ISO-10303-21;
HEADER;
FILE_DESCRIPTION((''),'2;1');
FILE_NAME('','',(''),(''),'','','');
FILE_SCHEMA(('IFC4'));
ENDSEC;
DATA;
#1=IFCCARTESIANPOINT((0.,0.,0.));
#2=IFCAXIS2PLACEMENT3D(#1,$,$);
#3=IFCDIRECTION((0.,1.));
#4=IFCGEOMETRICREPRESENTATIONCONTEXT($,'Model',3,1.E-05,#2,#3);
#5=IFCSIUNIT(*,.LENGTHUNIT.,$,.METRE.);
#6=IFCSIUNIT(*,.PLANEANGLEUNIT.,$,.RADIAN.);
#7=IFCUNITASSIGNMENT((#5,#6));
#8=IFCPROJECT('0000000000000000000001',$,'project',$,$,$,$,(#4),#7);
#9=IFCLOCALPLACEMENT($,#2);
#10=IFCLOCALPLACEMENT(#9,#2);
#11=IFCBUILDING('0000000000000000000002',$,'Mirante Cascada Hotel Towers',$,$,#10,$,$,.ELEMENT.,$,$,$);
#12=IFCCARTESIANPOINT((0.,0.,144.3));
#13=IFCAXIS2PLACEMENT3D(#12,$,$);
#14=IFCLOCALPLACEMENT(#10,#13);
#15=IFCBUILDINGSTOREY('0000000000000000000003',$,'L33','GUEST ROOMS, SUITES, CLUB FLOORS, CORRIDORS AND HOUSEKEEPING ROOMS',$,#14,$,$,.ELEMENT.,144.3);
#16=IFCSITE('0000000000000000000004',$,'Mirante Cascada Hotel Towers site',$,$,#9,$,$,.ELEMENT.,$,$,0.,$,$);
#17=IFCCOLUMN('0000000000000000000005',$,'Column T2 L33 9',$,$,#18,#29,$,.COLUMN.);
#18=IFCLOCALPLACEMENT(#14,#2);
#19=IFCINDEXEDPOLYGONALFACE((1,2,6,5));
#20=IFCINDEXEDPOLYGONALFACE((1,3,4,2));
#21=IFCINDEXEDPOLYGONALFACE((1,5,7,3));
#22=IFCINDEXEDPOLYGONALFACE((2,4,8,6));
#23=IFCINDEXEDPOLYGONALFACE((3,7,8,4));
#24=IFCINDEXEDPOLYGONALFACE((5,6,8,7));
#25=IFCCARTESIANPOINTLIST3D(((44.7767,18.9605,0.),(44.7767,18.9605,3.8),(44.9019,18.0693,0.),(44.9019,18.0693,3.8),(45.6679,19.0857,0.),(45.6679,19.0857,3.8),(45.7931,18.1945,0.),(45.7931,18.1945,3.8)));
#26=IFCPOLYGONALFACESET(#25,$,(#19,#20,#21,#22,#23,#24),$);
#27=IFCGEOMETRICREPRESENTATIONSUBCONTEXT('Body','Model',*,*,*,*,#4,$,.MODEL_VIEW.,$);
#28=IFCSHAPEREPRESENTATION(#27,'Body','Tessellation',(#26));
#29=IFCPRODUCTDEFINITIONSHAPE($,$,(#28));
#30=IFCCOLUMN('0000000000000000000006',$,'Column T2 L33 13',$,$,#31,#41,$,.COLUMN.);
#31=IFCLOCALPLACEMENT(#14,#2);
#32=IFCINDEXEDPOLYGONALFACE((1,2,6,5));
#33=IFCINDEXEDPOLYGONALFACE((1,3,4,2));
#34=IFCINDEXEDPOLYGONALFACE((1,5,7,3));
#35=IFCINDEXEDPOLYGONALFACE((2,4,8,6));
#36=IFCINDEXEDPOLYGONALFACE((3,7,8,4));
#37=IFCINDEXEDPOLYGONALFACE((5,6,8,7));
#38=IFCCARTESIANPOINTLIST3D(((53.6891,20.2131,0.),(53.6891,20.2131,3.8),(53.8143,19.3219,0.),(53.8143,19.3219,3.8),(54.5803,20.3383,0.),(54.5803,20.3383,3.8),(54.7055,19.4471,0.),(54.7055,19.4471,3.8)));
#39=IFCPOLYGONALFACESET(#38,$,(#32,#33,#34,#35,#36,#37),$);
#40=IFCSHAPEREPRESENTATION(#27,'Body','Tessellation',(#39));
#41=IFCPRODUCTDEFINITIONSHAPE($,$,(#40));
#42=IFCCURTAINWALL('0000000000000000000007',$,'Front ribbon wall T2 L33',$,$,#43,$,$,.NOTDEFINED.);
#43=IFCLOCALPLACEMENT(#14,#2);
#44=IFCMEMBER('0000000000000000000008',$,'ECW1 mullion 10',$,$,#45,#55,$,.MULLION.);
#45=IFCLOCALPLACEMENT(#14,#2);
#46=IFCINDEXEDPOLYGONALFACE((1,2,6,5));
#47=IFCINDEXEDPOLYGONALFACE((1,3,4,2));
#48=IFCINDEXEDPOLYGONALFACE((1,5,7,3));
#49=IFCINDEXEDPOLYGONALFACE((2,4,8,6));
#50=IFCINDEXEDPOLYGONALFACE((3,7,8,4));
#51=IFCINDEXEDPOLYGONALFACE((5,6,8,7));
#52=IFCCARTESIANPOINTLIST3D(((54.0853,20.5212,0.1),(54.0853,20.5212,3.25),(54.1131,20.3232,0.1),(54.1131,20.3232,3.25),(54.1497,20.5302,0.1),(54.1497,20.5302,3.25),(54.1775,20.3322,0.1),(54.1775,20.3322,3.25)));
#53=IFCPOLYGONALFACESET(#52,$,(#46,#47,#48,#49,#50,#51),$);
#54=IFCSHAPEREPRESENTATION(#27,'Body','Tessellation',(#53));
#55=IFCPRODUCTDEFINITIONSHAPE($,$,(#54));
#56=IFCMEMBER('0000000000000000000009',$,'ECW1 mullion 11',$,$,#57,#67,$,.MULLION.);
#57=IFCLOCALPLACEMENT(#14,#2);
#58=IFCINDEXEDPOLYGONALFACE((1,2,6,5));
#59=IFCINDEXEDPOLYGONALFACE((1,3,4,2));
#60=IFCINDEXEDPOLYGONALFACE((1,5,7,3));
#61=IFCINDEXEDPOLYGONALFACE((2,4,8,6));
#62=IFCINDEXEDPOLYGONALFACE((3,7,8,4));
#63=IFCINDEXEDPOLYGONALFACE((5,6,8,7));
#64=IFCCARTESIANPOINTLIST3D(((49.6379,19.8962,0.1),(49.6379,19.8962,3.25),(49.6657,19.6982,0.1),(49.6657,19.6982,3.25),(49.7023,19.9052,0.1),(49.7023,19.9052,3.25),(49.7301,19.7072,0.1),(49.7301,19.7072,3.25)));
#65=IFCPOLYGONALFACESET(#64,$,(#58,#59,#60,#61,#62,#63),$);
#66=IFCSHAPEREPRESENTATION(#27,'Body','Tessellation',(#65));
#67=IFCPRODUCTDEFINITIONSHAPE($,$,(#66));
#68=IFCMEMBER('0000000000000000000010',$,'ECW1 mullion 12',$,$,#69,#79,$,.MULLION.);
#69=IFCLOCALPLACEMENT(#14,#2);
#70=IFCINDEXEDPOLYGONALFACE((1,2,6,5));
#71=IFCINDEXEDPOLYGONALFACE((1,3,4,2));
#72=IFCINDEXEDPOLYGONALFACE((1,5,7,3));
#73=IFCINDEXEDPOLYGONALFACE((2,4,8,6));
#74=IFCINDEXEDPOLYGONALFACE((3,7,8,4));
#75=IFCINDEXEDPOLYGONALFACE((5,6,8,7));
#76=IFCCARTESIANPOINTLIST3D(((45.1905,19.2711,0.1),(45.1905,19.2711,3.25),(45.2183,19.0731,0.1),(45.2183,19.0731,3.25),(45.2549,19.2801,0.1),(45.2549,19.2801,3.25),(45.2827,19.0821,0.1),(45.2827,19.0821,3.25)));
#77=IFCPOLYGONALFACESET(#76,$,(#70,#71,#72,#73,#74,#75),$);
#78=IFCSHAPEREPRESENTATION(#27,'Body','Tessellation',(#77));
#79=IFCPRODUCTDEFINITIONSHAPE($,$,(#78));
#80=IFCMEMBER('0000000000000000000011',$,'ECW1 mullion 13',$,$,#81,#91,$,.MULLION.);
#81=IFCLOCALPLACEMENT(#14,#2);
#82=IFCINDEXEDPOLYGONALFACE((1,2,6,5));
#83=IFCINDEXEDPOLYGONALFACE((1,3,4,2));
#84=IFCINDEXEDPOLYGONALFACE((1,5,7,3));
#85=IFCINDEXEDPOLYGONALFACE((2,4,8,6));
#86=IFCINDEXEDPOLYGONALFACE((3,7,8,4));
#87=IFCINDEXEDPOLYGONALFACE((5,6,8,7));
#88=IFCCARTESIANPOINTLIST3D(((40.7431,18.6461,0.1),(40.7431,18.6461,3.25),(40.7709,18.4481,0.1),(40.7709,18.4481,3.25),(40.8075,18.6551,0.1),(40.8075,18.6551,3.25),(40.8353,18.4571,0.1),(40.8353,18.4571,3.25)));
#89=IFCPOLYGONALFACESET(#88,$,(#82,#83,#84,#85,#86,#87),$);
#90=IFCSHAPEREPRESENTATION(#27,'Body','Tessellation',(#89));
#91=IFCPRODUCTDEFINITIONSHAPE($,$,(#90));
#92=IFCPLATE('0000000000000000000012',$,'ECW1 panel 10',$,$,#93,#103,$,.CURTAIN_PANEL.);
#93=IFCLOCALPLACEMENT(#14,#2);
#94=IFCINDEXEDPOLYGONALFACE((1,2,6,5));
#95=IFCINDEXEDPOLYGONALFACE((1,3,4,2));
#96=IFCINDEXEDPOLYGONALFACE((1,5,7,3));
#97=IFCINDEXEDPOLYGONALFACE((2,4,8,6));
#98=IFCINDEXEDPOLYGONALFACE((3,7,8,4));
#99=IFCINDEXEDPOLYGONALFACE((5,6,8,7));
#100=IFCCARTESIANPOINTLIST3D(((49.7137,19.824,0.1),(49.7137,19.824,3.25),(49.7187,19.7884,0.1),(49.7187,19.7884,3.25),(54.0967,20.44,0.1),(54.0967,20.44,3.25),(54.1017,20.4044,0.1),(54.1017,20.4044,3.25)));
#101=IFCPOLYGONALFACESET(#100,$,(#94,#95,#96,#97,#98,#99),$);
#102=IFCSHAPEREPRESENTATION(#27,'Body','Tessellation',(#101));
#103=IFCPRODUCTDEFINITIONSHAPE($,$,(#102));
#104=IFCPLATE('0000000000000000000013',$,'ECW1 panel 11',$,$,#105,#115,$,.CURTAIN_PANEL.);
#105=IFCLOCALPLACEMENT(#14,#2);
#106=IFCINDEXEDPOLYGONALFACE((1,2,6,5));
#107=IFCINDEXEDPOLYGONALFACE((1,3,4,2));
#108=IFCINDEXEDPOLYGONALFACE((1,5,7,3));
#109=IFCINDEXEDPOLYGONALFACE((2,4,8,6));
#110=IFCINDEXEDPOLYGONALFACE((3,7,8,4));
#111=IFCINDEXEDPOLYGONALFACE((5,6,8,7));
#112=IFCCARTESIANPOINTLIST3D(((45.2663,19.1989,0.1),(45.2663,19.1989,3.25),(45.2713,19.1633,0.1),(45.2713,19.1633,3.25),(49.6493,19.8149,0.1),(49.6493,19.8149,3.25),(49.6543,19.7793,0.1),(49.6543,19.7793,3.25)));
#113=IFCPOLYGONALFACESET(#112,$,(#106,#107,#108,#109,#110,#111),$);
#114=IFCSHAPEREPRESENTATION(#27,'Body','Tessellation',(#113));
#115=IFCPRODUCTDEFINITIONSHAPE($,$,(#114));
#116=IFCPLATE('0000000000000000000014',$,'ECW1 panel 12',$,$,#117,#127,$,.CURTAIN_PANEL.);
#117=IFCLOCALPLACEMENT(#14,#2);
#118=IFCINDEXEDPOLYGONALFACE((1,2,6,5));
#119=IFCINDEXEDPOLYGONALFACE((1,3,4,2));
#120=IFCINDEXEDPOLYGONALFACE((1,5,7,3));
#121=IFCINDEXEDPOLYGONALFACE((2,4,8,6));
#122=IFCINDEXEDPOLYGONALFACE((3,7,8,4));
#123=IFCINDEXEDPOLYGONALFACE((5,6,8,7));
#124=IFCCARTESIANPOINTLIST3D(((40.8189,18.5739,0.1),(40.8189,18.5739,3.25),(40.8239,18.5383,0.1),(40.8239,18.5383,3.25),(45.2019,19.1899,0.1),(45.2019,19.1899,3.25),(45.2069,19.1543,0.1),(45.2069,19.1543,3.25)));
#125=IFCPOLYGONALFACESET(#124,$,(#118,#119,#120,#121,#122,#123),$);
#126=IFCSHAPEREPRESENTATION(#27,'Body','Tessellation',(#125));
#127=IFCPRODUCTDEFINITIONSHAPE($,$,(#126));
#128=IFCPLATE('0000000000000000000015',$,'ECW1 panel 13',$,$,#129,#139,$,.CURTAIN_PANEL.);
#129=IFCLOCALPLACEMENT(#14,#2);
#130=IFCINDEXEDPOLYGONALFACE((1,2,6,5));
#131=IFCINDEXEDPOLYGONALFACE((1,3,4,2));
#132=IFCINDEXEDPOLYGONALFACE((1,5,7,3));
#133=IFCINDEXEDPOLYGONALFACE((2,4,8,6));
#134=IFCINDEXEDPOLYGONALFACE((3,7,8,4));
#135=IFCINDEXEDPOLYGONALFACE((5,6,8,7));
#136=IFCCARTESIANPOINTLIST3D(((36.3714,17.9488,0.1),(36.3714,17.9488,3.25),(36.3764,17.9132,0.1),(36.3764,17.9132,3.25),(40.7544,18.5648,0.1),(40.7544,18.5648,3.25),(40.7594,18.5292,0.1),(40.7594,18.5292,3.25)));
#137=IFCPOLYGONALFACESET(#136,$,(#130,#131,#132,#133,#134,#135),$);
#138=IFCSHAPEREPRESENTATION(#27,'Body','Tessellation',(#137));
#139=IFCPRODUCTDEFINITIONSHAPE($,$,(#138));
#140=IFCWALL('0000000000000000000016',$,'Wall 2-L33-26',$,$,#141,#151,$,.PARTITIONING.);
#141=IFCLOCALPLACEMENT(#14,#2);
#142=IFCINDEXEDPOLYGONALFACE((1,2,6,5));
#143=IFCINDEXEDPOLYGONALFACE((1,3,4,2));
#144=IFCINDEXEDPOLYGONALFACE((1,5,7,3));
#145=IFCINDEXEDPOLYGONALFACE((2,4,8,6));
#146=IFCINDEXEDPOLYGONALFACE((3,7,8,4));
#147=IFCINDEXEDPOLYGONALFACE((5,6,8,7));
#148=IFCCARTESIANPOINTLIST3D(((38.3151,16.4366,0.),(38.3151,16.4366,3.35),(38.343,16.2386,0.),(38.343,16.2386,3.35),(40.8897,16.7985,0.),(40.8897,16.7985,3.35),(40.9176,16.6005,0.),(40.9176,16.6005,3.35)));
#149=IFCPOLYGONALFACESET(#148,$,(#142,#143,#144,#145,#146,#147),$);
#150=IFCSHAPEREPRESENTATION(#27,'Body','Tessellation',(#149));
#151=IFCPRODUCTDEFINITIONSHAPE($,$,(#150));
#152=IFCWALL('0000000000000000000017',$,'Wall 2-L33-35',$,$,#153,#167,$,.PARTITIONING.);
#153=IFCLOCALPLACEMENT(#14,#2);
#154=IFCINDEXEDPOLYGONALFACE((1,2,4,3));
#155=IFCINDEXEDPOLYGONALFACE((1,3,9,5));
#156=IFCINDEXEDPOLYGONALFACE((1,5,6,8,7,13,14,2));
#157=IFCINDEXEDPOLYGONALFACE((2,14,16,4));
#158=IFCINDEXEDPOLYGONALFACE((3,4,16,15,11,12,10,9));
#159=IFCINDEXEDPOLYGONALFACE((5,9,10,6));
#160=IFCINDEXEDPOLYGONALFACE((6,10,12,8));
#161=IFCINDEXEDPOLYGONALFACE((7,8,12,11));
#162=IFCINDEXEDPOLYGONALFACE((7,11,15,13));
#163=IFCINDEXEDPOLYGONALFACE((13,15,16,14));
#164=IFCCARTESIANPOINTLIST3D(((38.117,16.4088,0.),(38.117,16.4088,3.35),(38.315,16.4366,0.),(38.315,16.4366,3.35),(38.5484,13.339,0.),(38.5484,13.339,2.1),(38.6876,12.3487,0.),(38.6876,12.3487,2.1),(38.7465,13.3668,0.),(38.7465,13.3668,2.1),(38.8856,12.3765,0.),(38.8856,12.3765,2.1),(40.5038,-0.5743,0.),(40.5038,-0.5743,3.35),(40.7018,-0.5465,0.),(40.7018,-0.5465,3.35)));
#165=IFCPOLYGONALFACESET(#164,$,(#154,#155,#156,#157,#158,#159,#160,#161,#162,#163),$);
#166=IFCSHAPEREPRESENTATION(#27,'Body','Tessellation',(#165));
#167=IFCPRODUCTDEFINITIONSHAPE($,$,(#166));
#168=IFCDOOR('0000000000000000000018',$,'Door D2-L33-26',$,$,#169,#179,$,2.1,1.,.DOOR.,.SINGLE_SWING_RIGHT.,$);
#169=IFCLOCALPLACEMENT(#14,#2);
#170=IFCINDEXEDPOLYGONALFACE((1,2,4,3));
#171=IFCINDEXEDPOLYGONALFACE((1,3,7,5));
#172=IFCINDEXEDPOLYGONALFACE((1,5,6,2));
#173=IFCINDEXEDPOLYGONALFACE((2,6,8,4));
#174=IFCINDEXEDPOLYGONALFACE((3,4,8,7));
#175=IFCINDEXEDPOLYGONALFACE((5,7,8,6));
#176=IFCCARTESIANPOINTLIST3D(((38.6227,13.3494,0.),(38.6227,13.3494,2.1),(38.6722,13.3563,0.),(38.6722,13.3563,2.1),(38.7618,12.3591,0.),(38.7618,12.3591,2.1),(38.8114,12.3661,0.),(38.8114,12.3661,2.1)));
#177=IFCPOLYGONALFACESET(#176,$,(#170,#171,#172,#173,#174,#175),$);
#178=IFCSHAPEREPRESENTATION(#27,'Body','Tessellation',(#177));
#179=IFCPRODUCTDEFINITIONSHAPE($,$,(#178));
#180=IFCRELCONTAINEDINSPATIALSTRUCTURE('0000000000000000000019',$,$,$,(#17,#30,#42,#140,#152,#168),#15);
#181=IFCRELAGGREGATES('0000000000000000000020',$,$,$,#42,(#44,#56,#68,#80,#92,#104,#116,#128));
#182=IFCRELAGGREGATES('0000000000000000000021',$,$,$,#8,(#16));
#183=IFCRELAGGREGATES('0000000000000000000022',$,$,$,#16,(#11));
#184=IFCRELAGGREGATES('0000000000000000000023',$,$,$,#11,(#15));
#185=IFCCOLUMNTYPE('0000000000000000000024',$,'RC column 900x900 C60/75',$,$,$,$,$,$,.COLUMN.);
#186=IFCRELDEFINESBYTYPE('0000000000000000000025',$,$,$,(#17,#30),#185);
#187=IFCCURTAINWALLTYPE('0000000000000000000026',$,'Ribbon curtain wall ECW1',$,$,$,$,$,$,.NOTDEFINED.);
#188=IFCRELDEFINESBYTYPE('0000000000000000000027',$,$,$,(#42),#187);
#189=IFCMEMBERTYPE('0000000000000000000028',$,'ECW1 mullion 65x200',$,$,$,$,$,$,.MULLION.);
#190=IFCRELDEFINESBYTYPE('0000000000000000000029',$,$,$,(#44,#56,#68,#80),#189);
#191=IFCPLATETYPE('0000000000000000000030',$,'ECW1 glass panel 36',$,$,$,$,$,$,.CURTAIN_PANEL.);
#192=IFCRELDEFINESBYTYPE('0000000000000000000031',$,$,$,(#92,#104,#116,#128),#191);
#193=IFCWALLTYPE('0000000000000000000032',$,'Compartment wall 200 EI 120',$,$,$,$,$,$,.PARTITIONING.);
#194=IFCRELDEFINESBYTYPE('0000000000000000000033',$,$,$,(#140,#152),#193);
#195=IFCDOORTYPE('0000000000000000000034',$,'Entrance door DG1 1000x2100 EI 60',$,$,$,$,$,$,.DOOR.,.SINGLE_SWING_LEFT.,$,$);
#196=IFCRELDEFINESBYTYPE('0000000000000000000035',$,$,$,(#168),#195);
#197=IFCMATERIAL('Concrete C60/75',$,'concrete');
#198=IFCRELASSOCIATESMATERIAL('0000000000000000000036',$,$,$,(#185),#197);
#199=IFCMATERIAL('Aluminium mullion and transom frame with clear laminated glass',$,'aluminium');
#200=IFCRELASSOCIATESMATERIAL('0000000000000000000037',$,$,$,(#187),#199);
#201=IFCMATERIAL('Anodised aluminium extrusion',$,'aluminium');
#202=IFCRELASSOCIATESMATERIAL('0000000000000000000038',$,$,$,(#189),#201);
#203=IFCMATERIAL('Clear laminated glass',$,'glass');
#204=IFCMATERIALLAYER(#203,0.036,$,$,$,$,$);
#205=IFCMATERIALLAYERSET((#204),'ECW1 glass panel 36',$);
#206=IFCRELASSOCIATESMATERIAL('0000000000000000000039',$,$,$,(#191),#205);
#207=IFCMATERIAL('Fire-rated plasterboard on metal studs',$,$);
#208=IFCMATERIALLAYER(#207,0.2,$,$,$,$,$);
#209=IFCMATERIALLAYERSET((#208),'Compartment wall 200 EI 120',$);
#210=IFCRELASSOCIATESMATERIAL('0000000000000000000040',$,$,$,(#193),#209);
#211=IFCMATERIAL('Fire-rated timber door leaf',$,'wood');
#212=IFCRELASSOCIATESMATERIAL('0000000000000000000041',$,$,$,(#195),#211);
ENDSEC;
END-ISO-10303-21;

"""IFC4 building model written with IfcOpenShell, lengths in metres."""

from ifc_helpers import new_model, si_unit, direction, frame, frame_2d, origin, origin_2d, place, context, subcontext, project, spatial, rectangle, extrude, material, layer, layer_set, material_profile, profile_set, type_object, element, fill, aggregate, save


model = new_model("IFC4")

# Units and contexts
model_context = context("Model", 3, precision=1e-05, world=origin(), true_north=direction((0.0, 1.0)))
body_context = subcontext(model_context, "Body", "Model", "MODEL_VIEW")
ifc_project = project(units=[si_unit("LENGTHUNIT", "METRE"), si_unit("PLANEANGLEUNIT", "RADIAN")], contexts=[model_context])

# Site, building, storey
site_placement = place(None, origin())
site = spatial("IfcSite", under=ifc_project, at=site_placement, Name="Mirante Cascada Hotel Towers site", CompositionType="ELEMENT", RefElevation=0.0)
building_placement = place(site_placement, origin())
building = spatial("IfcBuilding", under=site, at=building_placement, Name="Mirante Cascada Hotel Towers", CompositionType="ELEMENT")
storey_placement = place(building_placement, frame((0.0, 0.0, 144.3)))
storey = spatial("IfcBuildingStorey", under=building, at=storey_placement, Name="L33", Description="GUEST ROOMS, SUITES, CLUB FLOORS, CORRIDORS AND HOUSEKEEPING ROOMS", CompositionType="ELEMENT", Elevation=144.3)

# Columns
ifc_material_1 = material(Name="Concrete C60/75", Category="concrete")
ifc_material_profile_1 = material_profile(ifc_material_1, rectangle(XDim=0.9, YDim=0.9, at=origin_2d()), Name="RC column 900x900 C60/75")
ifc_profile_set_1 = profile_set([ifc_material_profile_1], Name="Concrete C60/75")
column_type = type_object("IfcColumnType", Name="RC column 900x900 C60/75", PredefinedType="COLUMN", material=ifc_profile_set_1)
for number, where, z_axis, x_axis, name in (
    (1, (45.2849, 18.5775, 0.0), (0.0, 0.0, 1.0), (0.990268, 0.139173, 0.0), "Column T2 L33 9"),
    (2, (54.1973, 19.8301, 0.0), (0.0, 0.0, 1.0), (0.990268, 0.139173, 0.0), "Column T2 L33 13"),
):
    element("IfcColumn", number, at=place(storey_placement, frame(where, z_axis=z_axis, x_axis=x_axis)), inside=storey, type_object=column_type, Name=name, PredefinedType="COLUMN", context=body_context, shape_type="SweptSolid", body=[
        extrude(rectangle(XDim=0.9, YDim=0.9, at=origin_2d()), origin(), (0.0, 0.0, 1.0), 3.8),
    ])

# Curtain wall, members, plates
ifc_material_2 = material(Name="Aluminium mullion and transom frame with clear laminated glass", Category="aluminium")
curtain_wall_type = type_object("IfcCurtainWallType", Name="Ribbon curtain wall ECW1", PredefinedType="NOTDEFINED", material=ifc_material_2)
curtain_wall_placement = place(storey_placement, origin())
curtain_wall = element("IfcCurtainWall", 3, at=curtain_wall_placement, inside=storey, type_object=curtain_wall_type, Name="Front ribbon wall T2 L33", PredefinedType="NOTDEFINED")
ifc_material_3 = material(Name="Anodised aluminium extrusion", Category="aluminium")
ifc_material_profile_2 = material_profile(ifc_material_3, rectangle(XDim=0.2, YDim=0.065, at=origin_2d()), Name="ECW1 MULLION 65x200")
ifc_profile_set_2 = profile_set([ifc_material_profile_2], Name="Anodised aluminium extrusion")
member_type = type_object("IfcMemberType", Name="ECW1 mullion 65x200", PredefinedType="MULLION", material=ifc_profile_set_2)
member_1_placement = place(storey_placement, frame((54.1314, 20.4267, 0.1), z_axis=(0.0, 0.0, 1.0), x_axis=(0.139173, -0.990268, 0.0)))
member_1 = element("IfcMember", 4, at=member_1_placement, type_object=member_type, Name="ECW1 mullion 10", PredefinedType="MULLION", context=body_context, shape_type="SweptSolid", body=[
    extrude(rectangle(XDim=0.2, YDim=0.065, at=origin_2d()), origin(), (0.0, 0.0, 1.0), 3.15),
])
member_2_placement = place(storey_placement, frame((49.684, 19.8017, 0.1), z_axis=(0.0, 0.0, 1.0), x_axis=(0.139173, -0.990268, 0.0)))
member_2 = element("IfcMember", 5, at=member_2_placement, type_object=member_type, Name="ECW1 mullion 11", PredefinedType="MULLION", context=body_context, shape_type="SweptSolid", body=[
    extrude(rectangle(XDim=0.2, YDim=0.065, at=origin_2d()), origin(), (0.0, 0.0, 1.0), 3.15),
])
member_3_placement = place(storey_placement, frame((45.2366, 19.1766, 0.1), z_axis=(0.0, 0.0, 1.0), x_axis=(0.139173, -0.990268, 0.0)))
member_3 = element("IfcMember", 6, at=member_3_placement, type_object=member_type, Name="ECW1 mullion 12", PredefinedType="MULLION", context=body_context, shape_type="SweptSolid", body=[
    extrude(rectangle(XDim=0.2, YDim=0.065, at=origin_2d()), origin(), (0.0, 0.0, 1.0), 3.15),
])
member_4_placement = place(storey_placement, frame((40.7892, 18.5516, 0.1), z_axis=(0.0, 0.0, 1.0), x_axis=(0.139173, -0.990268, 0.0)))
member_4 = element("IfcMember", 7, at=member_4_placement, type_object=member_type, Name="ECW1 mullion 13", PredefinedType="MULLION", context=body_context, shape_type="SweptSolid", body=[
    extrude(rectangle(XDim=0.2, YDim=0.065, at=origin_2d()), origin(), (0.0, 0.0, 1.0), 3.15),
])
ifc_material_4 = material(Name="Clear laminated glass", Category="glass")
ifc_layer_1 = layer(ifc_material_4, 0.036)
ifc_layer_set_1 = layer_set([ifc_layer_1], Name="ECW1 glass panel 36")
plate_type = type_object("IfcPlateType", Name="ECW1 glass panel 36", PredefinedType="CURTAIN_PANEL", material=ifc_layer_set_1)
plate_1_placement = place(storey_placement, frame((51.9077, 20.1142, 0.1), z_axis=(0.0, 0.0, 1.0), x_axis=(-0.990268, -0.139173, 0.0)))
plate_1 = element("IfcPlate", 8, at=plate_1_placement, type_object=plate_type, Name="ECW1 panel 10", PredefinedType="CURTAIN_PANEL", context=body_context, shape_type="SweptSolid", body=[
    extrude(rectangle(XDim=4.4261, YDim=0.036, at=origin_2d()), origin(), (0.0, 0.0, 1.0), 3.15),
])
plate_2_placement = place(storey_placement, frame((47.4603, 19.4891, 0.1), z_axis=(0.0, 0.0, 1.0), x_axis=(-0.990268, -0.139173, 0.0)))
plate_2 = element("IfcPlate", 9, at=plate_2_placement, type_object=plate_type, Name="ECW1 panel 11", PredefinedType="CURTAIN_PANEL", context=body_context, shape_type="SweptSolid", body=[
    extrude(rectangle(XDim=4.4261, YDim=0.036, at=origin_2d()), origin(), (0.0, 0.0, 1.0), 3.15),
])
plate_3_placement = place(storey_placement, frame((43.0129, 18.8641, 0.1), z_axis=(0.0, 0.0, 1.0), x_axis=(-0.990268, -0.139173, 0.0)))
plate_3 = element("IfcPlate", 10, at=plate_3_placement, type_object=plate_type, Name="ECW1 panel 12", PredefinedType="CURTAIN_PANEL", context=body_context, shape_type="SweptSolid", body=[
    extrude(rectangle(XDim=4.4261, YDim=0.036, at=origin_2d()), origin(), (0.0, 0.0, 1.0), 3.15),
])
plate_4_placement = place(storey_placement, frame((38.5654, 18.239, 0.1), z_axis=(0.0, 0.0, 1.0), x_axis=(-0.990268, -0.139173, 0.0)))
plate_4 = element("IfcPlate", 11, at=plate_4_placement, type_object=plate_type, Name="ECW1 panel 13", PredefinedType="CURTAIN_PANEL", context=body_context, shape_type="SweptSolid", body=[
    extrude(rectangle(XDim=4.4261, YDim=0.036, at=origin_2d()), origin(), (0.0, 0.0, 1.0), 3.15),
])
aggregate(curtain_wall, [member_1, member_2, member_3, member_4, plate_1, plate_2, plate_3, plate_4])

# Wall
ifc_material_5 = material(Name="Fire-rated plasterboard on metal studs")
ifc_layer_2 = layer(ifc_material_5, 0.2)
ifc_layer_set_2 = layer_set([ifc_layer_2], Name="Compartment wall 200 EI 120")
wall_type_1 = type_object("IfcWallType", Name="Compartment wall 200 EI 120", PredefinedType="PARTITIONING", material=ifc_layer_set_2)
wall_1_placement = place(storey_placement, frame((38.329, 16.3376, 0.0), z_axis=(0.0, 0.0, 1.0), x_axis=(0.990265, 0.139197, 0.0)))
element("IfcWall", 12, at=wall_1_placement, inside=storey, type_object=wall_type_1, Name="Wall 2-L33-26", PredefinedType="PARTITIONING", context=body_context, shape_type="SweptSolid", body=[
    extrude(rectangle(XDim=2.5999, YDim=0.2, at=frame_2d((1.3, 0.0))), origin(), (0.0, 0.0, 1.0), 3.35),
])

# Wall, opening, door
wall_2_placement = place(storey_placement, frame((38.216, 16.4227, 0.0), z_axis=(0.0, 0.0, 1.0), x_axis=(0.139172, -0.990268, 0.0)))
wall_2 = element("IfcWall", 13, at=wall_2_placement, inside=storey, type_object=wall_type_1, Name="Wall 2-L33-35", PredefinedType="PARTITIONING", context=body_context, shape_type="SweptSolid", body=[
    extrude(rectangle(XDim=17.15, YDim=0.2, at=frame_2d((8.575, 0.0))), origin(), (0.0, 0.0, 1.0), 3.35),
])
opening_1_placement = place(wall_2_placement, frame((3.1, 0.0, 0.0)))
opening_1 = element("IfcOpeningElement", 14, at=opening_1_placement, cuts=wall_2, PredefinedType="OPENING", context=body_context, shape_type="SweptSolid", body=[
    extrude(rectangle(XDim=1.0, YDim=2.1, at=frame_2d((0.5, 1.05))), frame((0.0, 0.1, 0.0), z_axis=(0.0, -1.0, 0.0), x_axis=(1.0, 0.0, 0.0)), (0.0, 0.0, 1.0), 0.2),
])
ifc_material_6 = material(Name="Fire-rated timber door leaf", Category="wood")
door_type_1 = type_object("IfcDoorType", Name="Entrance door DG1 1000x2100 EI 60", OperationType="SINGLE_SWING_LEFT", PredefinedType="DOOR", material=ifc_material_6)
door_1_placement = place(opening_1_placement, frame((1.0, 0.0, 0.0), z_axis=(0.0, 0.0, 1.0), x_axis=(-1.0, 0.0, 0.0)))
door_1 = element("IfcDoor", 15, at=door_1_placement, inside=storey, type_object=door_type_1, Name="Door D2-L33-26", OperationType="SINGLE_SWING_RIGHT", OverallHeight=2.1, OverallWidth=1.0, PredefinedType="DOOR", context=body_context, shape_type="SweptSolid", body=[
    extrude(rectangle(XDim=1.0, YDim=2.1, at=frame_2d((0.5, 1.05))), frame((0.0, 0.025, 0.0), z_axis=(0.0, -1.0, 0.0), x_axis=(1.0, 0.0, 0.0)), (0.0, 0.0, 1.0), 0.05),
])
fill(opening_1, door_1)

save(model, "model.ifc")
